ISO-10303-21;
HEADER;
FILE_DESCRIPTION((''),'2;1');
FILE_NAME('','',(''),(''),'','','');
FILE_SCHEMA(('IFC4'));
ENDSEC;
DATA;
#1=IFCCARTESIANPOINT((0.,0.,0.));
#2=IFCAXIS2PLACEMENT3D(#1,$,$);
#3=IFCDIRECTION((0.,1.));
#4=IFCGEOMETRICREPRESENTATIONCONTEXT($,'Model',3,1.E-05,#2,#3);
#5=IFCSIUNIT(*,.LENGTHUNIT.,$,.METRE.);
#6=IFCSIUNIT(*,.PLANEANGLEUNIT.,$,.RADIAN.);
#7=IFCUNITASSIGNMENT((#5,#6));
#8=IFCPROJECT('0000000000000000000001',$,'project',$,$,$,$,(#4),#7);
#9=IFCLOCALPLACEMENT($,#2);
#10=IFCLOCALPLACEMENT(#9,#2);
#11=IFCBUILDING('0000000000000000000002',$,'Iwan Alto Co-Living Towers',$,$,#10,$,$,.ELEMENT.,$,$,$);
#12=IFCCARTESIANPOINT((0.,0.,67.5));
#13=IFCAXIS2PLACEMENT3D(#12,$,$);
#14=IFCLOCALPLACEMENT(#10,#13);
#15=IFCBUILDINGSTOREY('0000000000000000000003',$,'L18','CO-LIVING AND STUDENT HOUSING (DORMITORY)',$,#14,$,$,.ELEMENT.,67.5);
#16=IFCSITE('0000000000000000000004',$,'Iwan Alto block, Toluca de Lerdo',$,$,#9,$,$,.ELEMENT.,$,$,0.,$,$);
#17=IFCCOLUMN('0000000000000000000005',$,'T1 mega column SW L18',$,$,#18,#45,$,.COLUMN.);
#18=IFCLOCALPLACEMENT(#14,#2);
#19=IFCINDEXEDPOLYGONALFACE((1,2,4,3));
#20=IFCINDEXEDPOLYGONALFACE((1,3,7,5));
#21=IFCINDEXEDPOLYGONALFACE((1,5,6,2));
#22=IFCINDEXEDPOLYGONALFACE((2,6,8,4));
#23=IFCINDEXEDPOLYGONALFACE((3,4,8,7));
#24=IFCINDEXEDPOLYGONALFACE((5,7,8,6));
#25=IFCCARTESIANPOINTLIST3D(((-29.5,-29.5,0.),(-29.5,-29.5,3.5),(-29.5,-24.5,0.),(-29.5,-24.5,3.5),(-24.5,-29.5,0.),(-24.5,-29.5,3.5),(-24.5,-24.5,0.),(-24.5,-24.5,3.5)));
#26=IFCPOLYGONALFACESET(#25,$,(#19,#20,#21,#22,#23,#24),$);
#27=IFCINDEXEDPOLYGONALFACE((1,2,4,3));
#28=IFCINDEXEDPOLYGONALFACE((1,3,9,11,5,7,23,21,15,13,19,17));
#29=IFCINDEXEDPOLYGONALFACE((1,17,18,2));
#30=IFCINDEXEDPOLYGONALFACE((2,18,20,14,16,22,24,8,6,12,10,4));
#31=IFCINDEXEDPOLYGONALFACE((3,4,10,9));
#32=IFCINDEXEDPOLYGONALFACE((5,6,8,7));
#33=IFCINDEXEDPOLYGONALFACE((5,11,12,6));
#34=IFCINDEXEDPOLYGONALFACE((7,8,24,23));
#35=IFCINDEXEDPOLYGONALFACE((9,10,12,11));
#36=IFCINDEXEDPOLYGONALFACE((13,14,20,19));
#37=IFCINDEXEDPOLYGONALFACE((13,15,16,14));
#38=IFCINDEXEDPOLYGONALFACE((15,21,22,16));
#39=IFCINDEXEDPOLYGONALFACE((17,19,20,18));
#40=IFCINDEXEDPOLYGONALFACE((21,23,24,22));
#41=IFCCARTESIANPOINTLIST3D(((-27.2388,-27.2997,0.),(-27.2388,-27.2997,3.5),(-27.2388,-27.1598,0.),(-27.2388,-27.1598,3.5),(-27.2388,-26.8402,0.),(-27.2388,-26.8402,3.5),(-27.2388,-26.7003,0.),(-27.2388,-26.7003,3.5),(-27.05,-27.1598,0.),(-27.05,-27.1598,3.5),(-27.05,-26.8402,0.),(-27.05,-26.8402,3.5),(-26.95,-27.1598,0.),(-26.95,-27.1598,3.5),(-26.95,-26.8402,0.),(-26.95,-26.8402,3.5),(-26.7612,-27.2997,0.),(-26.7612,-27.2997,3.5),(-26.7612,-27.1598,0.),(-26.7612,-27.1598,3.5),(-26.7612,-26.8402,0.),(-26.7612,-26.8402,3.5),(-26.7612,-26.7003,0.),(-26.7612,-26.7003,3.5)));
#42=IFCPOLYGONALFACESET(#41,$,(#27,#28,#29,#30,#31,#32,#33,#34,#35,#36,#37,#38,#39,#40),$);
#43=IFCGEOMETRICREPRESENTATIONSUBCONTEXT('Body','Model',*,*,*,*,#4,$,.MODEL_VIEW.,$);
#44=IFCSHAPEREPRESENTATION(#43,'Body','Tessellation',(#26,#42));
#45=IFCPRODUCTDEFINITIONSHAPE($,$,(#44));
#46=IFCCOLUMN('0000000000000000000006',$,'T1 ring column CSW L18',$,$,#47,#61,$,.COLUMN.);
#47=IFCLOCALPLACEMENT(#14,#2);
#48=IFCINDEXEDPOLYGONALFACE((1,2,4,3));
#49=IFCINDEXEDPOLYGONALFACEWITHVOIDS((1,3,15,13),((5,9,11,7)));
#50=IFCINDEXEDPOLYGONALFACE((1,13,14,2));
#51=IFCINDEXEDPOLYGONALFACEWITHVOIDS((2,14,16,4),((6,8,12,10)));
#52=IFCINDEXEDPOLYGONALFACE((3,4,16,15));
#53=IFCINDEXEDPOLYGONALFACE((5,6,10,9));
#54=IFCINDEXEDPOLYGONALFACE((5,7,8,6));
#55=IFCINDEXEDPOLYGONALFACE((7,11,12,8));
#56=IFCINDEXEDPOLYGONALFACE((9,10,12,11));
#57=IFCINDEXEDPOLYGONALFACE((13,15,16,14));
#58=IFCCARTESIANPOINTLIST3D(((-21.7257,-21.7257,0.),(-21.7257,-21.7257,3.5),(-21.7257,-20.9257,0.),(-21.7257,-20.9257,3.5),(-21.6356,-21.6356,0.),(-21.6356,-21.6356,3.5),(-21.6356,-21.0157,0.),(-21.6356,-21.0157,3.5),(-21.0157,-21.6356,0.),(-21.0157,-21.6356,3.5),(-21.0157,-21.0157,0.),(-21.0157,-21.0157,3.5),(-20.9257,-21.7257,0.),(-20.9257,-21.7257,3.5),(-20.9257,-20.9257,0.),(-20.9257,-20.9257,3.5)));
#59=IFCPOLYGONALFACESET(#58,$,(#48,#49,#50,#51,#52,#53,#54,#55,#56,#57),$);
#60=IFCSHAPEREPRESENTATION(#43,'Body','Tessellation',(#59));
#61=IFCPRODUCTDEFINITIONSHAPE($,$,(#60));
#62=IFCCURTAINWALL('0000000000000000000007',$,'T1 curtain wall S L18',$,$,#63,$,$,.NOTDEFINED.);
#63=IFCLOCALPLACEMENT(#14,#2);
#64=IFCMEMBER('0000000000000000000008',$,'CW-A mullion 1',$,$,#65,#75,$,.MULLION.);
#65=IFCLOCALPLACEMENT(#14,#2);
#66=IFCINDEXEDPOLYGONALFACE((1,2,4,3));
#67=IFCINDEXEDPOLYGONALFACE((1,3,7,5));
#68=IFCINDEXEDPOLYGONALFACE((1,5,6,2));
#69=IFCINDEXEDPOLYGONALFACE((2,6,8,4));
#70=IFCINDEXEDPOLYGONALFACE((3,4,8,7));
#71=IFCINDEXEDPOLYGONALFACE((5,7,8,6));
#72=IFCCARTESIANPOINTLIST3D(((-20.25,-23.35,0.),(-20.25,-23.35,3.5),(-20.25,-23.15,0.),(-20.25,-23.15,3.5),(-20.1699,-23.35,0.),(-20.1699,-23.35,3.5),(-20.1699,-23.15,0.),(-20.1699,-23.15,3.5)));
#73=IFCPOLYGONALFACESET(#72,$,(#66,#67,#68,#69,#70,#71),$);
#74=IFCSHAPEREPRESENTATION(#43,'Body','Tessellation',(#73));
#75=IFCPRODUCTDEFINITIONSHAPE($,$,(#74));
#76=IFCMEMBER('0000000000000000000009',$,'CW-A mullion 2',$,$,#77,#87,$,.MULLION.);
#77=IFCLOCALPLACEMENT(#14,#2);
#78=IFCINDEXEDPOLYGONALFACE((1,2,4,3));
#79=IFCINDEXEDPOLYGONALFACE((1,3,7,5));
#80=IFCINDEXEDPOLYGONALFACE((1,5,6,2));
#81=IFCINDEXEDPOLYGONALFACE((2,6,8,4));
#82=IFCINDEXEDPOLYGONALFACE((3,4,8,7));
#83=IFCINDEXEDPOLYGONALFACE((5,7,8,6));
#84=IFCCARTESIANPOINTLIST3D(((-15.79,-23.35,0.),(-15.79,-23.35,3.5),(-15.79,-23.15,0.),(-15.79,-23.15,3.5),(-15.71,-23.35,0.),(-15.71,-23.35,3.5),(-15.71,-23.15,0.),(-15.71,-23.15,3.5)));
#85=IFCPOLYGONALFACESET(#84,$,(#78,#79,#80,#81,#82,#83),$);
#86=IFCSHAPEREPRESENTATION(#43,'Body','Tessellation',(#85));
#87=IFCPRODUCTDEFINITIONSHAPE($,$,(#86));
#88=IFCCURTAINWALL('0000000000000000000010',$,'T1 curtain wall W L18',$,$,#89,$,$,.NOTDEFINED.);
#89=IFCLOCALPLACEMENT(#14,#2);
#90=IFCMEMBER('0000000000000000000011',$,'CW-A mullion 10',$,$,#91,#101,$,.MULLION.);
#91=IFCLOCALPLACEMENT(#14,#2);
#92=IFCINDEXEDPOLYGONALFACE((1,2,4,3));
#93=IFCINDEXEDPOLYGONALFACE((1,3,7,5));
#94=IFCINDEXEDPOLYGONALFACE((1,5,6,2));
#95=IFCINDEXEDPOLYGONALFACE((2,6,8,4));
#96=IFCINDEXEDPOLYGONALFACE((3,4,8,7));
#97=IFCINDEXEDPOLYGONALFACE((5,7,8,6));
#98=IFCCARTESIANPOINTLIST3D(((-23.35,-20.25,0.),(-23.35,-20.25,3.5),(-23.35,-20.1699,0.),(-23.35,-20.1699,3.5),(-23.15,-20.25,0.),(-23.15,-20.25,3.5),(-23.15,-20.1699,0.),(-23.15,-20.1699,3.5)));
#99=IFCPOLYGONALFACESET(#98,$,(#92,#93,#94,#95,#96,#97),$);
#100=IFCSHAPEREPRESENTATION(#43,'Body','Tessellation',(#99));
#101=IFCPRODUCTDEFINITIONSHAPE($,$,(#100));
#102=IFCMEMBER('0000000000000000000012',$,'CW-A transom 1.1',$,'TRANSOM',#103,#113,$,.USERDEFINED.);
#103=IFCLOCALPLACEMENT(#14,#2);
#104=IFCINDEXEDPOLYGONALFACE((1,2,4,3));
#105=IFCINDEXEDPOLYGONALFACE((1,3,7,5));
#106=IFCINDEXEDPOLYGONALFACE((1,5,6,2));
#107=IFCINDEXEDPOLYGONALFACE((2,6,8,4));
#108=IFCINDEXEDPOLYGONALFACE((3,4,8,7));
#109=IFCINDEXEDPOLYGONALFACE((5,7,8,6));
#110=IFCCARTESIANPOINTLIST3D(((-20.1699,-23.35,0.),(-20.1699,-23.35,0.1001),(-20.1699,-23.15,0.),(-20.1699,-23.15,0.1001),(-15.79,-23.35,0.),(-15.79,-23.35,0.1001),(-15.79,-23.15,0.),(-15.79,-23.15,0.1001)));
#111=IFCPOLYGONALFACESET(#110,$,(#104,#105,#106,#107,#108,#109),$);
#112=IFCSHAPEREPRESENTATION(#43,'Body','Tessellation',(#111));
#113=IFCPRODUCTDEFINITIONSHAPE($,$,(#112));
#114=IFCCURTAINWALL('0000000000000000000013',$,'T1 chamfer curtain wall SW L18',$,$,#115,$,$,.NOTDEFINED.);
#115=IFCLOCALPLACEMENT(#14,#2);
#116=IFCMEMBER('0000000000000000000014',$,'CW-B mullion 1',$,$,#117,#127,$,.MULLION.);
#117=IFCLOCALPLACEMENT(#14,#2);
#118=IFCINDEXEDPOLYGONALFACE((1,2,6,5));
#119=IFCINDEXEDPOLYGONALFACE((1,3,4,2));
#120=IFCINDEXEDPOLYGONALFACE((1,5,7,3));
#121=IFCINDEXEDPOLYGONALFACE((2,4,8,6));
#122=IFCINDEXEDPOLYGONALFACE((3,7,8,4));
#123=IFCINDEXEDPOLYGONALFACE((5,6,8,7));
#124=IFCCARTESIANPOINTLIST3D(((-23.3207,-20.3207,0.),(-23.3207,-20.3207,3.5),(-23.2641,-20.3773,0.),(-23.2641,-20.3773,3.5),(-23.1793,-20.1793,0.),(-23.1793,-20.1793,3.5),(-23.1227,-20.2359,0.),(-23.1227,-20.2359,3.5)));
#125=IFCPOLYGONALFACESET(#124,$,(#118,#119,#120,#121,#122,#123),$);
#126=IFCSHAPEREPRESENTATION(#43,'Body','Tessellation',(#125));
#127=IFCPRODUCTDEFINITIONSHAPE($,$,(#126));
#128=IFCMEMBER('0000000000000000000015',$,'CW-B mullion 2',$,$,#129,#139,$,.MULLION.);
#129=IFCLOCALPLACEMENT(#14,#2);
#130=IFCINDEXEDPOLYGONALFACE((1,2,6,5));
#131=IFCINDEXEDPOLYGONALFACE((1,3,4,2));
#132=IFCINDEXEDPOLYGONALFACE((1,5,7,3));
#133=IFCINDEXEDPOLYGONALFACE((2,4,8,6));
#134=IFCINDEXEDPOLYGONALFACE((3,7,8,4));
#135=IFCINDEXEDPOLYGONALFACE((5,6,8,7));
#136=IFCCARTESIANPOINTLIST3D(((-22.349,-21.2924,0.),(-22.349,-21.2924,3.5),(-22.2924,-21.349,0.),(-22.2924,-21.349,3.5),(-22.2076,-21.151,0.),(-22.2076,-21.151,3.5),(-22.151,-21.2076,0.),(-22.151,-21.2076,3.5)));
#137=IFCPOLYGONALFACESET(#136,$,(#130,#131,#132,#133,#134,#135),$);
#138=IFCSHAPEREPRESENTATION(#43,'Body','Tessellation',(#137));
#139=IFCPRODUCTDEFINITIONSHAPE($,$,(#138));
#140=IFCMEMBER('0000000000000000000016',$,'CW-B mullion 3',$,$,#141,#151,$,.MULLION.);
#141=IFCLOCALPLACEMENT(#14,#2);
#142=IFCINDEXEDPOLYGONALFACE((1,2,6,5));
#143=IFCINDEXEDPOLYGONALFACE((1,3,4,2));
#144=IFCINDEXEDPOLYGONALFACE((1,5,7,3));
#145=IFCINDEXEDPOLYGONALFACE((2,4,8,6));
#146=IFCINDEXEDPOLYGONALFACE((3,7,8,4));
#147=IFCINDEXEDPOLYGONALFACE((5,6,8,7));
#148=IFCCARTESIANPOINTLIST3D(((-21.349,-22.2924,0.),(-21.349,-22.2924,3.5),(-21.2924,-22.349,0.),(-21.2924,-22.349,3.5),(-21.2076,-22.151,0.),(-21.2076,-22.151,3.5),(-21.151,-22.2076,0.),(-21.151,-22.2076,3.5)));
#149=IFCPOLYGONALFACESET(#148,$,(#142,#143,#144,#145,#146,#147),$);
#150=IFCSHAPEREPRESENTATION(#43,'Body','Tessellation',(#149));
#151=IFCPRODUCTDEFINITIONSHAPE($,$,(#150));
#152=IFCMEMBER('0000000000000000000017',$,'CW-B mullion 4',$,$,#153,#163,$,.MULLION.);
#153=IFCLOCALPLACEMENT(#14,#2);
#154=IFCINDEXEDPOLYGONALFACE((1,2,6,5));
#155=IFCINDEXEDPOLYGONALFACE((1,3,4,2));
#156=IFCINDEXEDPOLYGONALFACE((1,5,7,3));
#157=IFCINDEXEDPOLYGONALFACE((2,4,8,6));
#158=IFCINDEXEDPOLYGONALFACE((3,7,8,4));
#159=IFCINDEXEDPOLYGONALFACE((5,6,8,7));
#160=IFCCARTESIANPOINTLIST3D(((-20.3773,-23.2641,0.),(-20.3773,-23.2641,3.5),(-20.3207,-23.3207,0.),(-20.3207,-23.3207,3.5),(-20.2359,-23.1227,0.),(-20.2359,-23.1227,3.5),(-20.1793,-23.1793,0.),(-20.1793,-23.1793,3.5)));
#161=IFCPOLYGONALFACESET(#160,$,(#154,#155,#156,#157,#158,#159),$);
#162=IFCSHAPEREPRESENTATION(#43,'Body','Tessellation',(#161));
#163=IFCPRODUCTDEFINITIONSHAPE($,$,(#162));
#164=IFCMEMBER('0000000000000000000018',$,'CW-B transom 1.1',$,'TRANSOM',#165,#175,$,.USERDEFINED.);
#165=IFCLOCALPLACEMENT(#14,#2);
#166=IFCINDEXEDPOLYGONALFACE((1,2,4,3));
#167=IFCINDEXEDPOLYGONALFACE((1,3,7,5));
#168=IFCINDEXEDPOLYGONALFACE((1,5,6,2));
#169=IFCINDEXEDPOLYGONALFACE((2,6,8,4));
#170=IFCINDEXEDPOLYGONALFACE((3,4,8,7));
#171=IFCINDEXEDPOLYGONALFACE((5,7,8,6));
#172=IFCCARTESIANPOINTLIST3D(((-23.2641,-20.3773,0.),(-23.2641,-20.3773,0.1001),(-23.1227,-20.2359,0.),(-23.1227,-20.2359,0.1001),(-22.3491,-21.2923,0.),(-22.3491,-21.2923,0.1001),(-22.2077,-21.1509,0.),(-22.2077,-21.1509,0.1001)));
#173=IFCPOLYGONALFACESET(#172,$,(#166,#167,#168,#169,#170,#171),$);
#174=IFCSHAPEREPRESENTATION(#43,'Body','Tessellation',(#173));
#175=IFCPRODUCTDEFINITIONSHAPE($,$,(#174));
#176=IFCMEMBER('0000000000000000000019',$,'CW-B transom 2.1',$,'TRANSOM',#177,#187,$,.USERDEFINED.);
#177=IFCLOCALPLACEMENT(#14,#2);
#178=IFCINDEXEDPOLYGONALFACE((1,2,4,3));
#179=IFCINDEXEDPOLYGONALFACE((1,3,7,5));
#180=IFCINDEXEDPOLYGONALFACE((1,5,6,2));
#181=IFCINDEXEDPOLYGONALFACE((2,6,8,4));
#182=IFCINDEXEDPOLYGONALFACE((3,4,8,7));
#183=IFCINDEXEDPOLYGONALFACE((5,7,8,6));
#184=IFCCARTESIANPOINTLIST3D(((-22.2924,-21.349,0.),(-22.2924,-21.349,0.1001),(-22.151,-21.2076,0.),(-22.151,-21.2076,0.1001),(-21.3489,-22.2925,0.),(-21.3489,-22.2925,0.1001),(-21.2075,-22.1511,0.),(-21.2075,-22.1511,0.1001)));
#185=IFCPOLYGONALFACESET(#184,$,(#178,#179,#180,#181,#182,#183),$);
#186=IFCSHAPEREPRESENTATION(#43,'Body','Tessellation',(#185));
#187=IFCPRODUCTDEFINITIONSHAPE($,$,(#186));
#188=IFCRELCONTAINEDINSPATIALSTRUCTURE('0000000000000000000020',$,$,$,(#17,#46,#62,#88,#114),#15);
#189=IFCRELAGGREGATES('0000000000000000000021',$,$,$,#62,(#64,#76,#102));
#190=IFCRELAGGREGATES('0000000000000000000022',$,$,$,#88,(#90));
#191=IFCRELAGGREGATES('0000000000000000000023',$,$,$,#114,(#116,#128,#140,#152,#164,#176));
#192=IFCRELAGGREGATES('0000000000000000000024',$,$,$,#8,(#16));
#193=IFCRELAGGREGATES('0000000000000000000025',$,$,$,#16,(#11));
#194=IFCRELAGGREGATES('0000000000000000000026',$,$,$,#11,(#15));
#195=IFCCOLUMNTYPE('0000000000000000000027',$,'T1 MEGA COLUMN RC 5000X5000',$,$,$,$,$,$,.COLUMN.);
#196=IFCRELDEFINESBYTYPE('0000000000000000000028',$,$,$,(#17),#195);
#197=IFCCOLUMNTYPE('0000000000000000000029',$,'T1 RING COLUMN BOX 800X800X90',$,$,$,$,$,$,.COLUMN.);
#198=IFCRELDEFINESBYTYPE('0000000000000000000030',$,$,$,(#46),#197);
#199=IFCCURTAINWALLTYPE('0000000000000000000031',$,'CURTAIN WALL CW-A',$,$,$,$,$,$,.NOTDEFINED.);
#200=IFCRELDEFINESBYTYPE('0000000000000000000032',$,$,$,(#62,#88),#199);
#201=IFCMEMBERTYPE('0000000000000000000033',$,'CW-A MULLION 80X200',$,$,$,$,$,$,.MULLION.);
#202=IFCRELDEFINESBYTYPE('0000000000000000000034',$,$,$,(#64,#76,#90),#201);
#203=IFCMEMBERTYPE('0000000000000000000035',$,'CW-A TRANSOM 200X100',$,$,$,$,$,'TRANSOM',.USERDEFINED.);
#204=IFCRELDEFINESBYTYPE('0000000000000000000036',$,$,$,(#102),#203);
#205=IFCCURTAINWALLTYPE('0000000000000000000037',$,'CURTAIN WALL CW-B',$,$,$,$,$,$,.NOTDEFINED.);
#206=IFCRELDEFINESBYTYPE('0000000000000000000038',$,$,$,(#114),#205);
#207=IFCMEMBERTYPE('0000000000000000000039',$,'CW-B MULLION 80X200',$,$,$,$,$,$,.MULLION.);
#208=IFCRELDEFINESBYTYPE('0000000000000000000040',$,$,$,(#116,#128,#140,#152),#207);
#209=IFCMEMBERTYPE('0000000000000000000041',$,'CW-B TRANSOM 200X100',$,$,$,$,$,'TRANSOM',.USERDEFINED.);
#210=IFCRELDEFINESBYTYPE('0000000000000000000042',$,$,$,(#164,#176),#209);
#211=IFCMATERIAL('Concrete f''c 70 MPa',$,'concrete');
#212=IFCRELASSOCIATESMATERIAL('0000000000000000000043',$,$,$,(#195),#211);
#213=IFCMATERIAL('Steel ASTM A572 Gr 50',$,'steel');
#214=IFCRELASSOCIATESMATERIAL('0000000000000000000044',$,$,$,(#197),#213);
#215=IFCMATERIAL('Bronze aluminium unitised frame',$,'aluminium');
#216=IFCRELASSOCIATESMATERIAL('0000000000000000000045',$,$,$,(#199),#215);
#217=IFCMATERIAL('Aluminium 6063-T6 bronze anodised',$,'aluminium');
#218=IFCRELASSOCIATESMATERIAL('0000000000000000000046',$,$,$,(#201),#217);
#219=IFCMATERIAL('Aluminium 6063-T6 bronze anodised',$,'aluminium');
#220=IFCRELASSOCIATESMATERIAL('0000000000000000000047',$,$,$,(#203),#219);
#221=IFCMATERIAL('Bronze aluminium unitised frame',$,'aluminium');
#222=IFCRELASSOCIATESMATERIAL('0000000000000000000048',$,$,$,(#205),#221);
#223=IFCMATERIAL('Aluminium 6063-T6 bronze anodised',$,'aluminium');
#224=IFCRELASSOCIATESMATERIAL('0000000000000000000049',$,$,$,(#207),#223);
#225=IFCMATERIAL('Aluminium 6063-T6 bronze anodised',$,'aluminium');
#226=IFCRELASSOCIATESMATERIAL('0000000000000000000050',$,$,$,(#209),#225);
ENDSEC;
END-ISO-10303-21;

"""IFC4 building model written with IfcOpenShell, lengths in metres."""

from ifc_helpers import new_model, si_unit, direction, frame, origin, origin_2d, place, context, subcontext, project, spatial, rectangle, hollow_rectangle, i_section, extrude, material, material_profile, profile_set, type_object, element, aggregate, save


model = new_model("IFC4")

# Units and contexts
model_context = context("Model", 3, precision=1e-05, world=origin(), true_north=direction((0.0, 1.0)))
body_context = subcontext(model_context, "Body", "Model", "MODEL_VIEW")
ifc_project = project(units=[si_unit("LENGTHUNIT", "METRE"), si_unit("PLANEANGLEUNIT", "RADIAN")], contexts=[model_context])

# Site, building, storey
site_placement = place(None, origin())
site = spatial("IfcSite", under=ifc_project, at=site_placement, Name="Iwan Alto block, Toluca de Lerdo", CompositionType="ELEMENT", RefElevation=0.0)
building_placement = place(site_placement, origin())
building = spatial("IfcBuilding", under=site, at=building_placement, Name="Iwan Alto Co-Living Towers", CompositionType="ELEMENT")
storey_placement = place(building_placement, frame((0.0, 0.0, 67.5)))
storey = spatial("IfcBuildingStorey", under=building, at=storey_placement, Name="L18", Description="CO-LIVING AND STUDENT HOUSING (DORMITORY)", CompositionType="ELEMENT", Elevation=67.5)

# Columns
ifc_material_1 = material(Name="Concrete f'c 70 MPa", Category="concrete")
ifc_material_profile_1 = material_profile(ifc_material_1, rectangle(XDim=5.0, YDim=5.0, at=origin_2d()), Name="RC 5000X5000")
ifc_profile_set_1 = profile_set([ifc_material_profile_1], Name="Concrete f'c 70 MPa")
column_type_1 = type_object("IfcColumnType", Name="T1 MEGA COLUMN RC 5000X5000", PredefinedType="COLUMN", material=ifc_profile_set_1)
column_1_placement = place(storey_placement, frame((-27.0, -27.0, 0.0), z_axis=(0.0, 0.0, 1.0), x_axis=(1.0, 0.0, 0.0)))
element("IfcColumn", 1, at=column_1_placement, inside=storey, type_object=column_type_1, Name="T1 mega column SW L18", PredefinedType="COLUMN", context=body_context, shape_type="SweptSolid", body=[
    extrude(rectangle(XDim=5.0, YDim=5.0, at=origin_2d()), origin(), (0.0, 0.0, 1.0), 3.5),
    extrude(i_section(OverallWidth=0.4775, OverallDepth=0.5994, WebThickness=0.1001, FlangeThickness=0.1399, at=origin_2d()), origin(), (0.0, 0.0, 1.0), 3.5),
])
ifc_material_2 = material(Name="Steel ASTM A572 Gr 50", Category="steel")
ifc_material_profile_2 = material_profile(ifc_material_2, hollow_rectangle(XDim=0.8, YDim=0.8, WallThickness=0.0901, at=origin_2d()), Name="BOX 800X800X90")
ifc_profile_set_2 = profile_set([ifc_material_profile_2], Name="Steel ASTM A572 Gr 50")
column_type_2 = type_object("IfcColumnType", Name="T1 RING COLUMN BOX 800X800X90", PredefinedType="COLUMN", material=ifc_profile_set_2)
column_2_placement = place(storey_placement, frame((-21.3257, -21.3257, 0.0), z_axis=(0.0, 0.0, 1.0), x_axis=(1.0, 0.0, 0.0)))
element("IfcColumn", 2, at=column_2_placement, inside=storey, type_object=column_type_2, Name="T1 ring column CSW L18", PredefinedType="COLUMN", context=body_context, shape_type="SweptSolid", body=[
    extrude(hollow_rectangle(XDim=0.8, YDim=0.8, WallThickness=0.0901, at=origin_2d()), origin(), (0.0, 0.0, 1.0), 3.5),
])

# Curtain wall, members
ifc_material_3 = material(Name="Bronze aluminium unitised frame", Category="aluminium")
curtain_wall_type_1 = type_object("IfcCurtainWallType", Name="CURTAIN WALL CW-A", PredefinedType="NOTDEFINED", material=ifc_material_3)
curtain_wall_1_placement = place(storey_placement, origin())
curtain_wall_1 = element("IfcCurtainWall", 3, at=curtain_wall_1_placement, inside=storey, type_object=curtain_wall_type_1, Name="T1 curtain wall S L18", PredefinedType="NOTDEFINED")
ifc_material_4 = material(Name="Aluminium 6063-T6 bronze anodised", Category="aluminium")
ifc_material_profile_3 = material_profile(ifc_material_4, rectangle(XDim=0.2, YDim=0.0801, at=origin_2d()), Name="AL 80X200")
ifc_profile_set_3 = profile_set([ifc_material_profile_3], Name="Aluminium 6063-T6 bronze anodised")
member_type_1 = type_object("IfcMemberType", Name="CW-A MULLION 80X200", PredefinedType="MULLION", material=ifc_profile_set_3)
member_1_placement = place(storey_placement, frame((-20.21, -23.25, 0.0), z_axis=(0.0, 0.0, 1.0), x_axis=(0.0, 1.0, 0.0)))
member_1 = element("IfcMember", 4, at=member_1_placement, type_object=member_type_1, Name="CW-A mullion 1", PredefinedType="MULLION", context=body_context, shape_type="SweptSolid", body=[
    extrude(rectangle(XDim=0.2, YDim=0.0801, at=origin_2d()), origin(), (0.0, 0.0, 1.0), 3.5),
])
member_2_placement = place(storey_placement, frame((-15.75, -23.25, 0.0), z_axis=(0.0, 0.0, 1.0), x_axis=(0.0, 1.0, 0.0)))
member_2 = element("IfcMember", 5, at=member_2_placement, type_object=member_type_1, Name="CW-A mullion 2", PredefinedType="MULLION", context=body_context, shape_type="SweptSolid", body=[
    extrude(rectangle(XDim=0.2, YDim=0.0801, at=origin_2d()), origin(), (0.0, 0.0, 1.0), 3.5),
])

# Curtain wall, member
curtain_wall_2_placement = place(storey_placement, origin())
curtain_wall_2 = element("IfcCurtainWall", 6, at=curtain_wall_2_placement, inside=storey, type_object=curtain_wall_type_1, Name="T1 curtain wall W L18", PredefinedType="NOTDEFINED")
member_3_placement = place(storey_placement, frame((-23.25, -20.21, 0.0), z_axis=(0.0, 0.0, 1.0), x_axis=(1.0, 0.0, 0.0)))
member_3 = element("IfcMember", 7, at=member_3_placement, type_object=member_type_1, Name="CW-A mullion 10", PredefinedType="MULLION", context=body_context, shape_type="SweptSolid", body=[
    extrude(rectangle(XDim=0.2, YDim=0.0801, at=origin_2d()), origin(), (0.0, 0.0, 1.0), 3.5),
])

# Member
ifc_material_5 = material(Name="Aluminium 6063-T6 bronze anodised", Category="aluminium")
ifc_material_profile_4 = material_profile(ifc_material_5, rectangle(XDim=0.2, YDim=0.1001, at=origin_2d()), Name="AL 200X100")
ifc_profile_set_4 = profile_set([ifc_material_profile_4], Name="Aluminium 6063-T6 bronze anodised")
member_type_2 = type_object("IfcMemberType", Name="CW-A TRANSOM 200X100", ElementType="TRANSOM", PredefinedType="USERDEFINED", material=ifc_profile_set_4)
member_4_placement = place(storey_placement, frame((-20.1699, -23.25, 0.05), z_axis=(1.0, 0.0, 0.0), x_axis=(0.0, 1.0, 0.0)))
member_4 = element("IfcMember", 8, at=member_4_placement, type_object=member_type_2, Name="CW-A transom 1.1", ObjectType="TRANSOM", PredefinedType="USERDEFINED", context=body_context, shape_type="SweptSolid", body=[
    extrude(rectangle(XDim=0.2, YDim=0.1001, at=origin_2d()), origin(), (0.0, 0.0, 1.0), 4.3799),
])

# Curtain wall, members
ifc_material_6 = material(Name="Bronze aluminium unitised frame", Category="aluminium")
curtain_wall_type_2 = type_object("IfcCurtainWallType", Name="CURTAIN WALL CW-B", PredefinedType="NOTDEFINED", material=ifc_material_6)
curtain_wall_3_placement = place(storey_placement, origin())
curtain_wall_3 = element("IfcCurtainWall", 9, at=curtain_wall_3_placement, inside=storey, type_object=curtain_wall_type_2, Name="T1 chamfer curtain wall SW L18", PredefinedType="NOTDEFINED")
ifc_material_7 = material(Name="Aluminium 6063-T6 bronze anodised", Category="aluminium")
ifc_material_profile_5 = material_profile(ifc_material_7, rectangle(XDim=0.2, YDim=0.0801, at=origin_2d()), Name="AL 80X200")
ifc_profile_set_5 = profile_set([ifc_material_profile_5], Name="Aluminium 6063-T6 bronze anodised")
member_type_3 = type_object("IfcMemberType", Name="CW-B MULLION 80X200", PredefinedType="MULLION", material=ifc_profile_set_5)
member_5_placement = place(storey_placement, frame((-23.2217, -20.2783, 0.0), z_axis=(0.0, 0.0, 1.0), x_axis=(0.707107, 0.707107, 0.0)))
member_5 = element("IfcMember", 10, at=member_5_placement, type_object=member_type_3, Name="CW-B mullion 1", PredefinedType="MULLION", context=body_context, shape_type="SweptSolid", body=[
    extrude(rectangle(XDim=0.2, YDim=0.0801, at=origin_2d()), origin(), (0.0, 0.0, 1.0), 3.5),
])
member_6_placement = place(storey_placement, frame((-22.25, -21.25, 0.0), z_axis=(0.0, 0.0, 1.0), x_axis=(0.707107, 0.707107, 0.0)))
member_6 = element("IfcMember", 11, at=member_6_placement, type_object=member_type_3, Name="CW-B mullion 2", PredefinedType="MULLION", context=body_context, shape_type="SweptSolid", body=[
    extrude(rectangle(XDim=0.2, YDim=0.0801, at=origin_2d()), origin(), (0.0, 0.0, 1.0), 3.5),
])
member_7_placement = place(storey_placement, frame((-21.25, -22.25, 0.0), z_axis=(0.0, 0.0, 1.0), x_axis=(0.707107, 0.707107, 0.0)))
member_7 = element("IfcMember", 12, at=member_7_placement, type_object=member_type_3, Name="CW-B mullion 3", PredefinedType="MULLION", context=body_context, shape_type="SweptSolid", body=[
    extrude(rectangle(XDim=0.2, YDim=0.0801, at=origin_2d()), origin(), (0.0, 0.0, 1.0), 3.5),
])
member_8_placement = place(storey_placement, frame((-20.2783, -23.2217, 0.0), z_axis=(0.0, 0.0, 1.0), x_axis=(0.707107, 0.707107, 0.0)))
member_8 = element("IfcMember", 13, at=member_8_placement, type_object=member_type_3, Name="CW-B mullion 4", PredefinedType="MULLION", context=body_context, shape_type="SweptSolid", body=[
    extrude(rectangle(XDim=0.2, YDim=0.0801, at=origin_2d()), origin(), (0.0, 0.0, 1.0), 3.5),
])
ifc_material_8 = material(Name="Aluminium 6063-T6 bronze anodised", Category="aluminium")
ifc_material_profile_6 = material_profile(ifc_material_8, rectangle(XDim=0.2, YDim=0.1001, at=origin_2d()), Name="AL 200X100")
ifc_profile_set_6 = profile_set([ifc_material_profile_6], Name="Aluminium 6063-T6 bronze anodised")
member_type_4 = type_object("IfcMemberType", Name="CW-B TRANSOM 200X100", ElementType="TRANSOM", PredefinedType="USERDEFINED", material=ifc_profile_set_6)
member_9_placement = place(storey_placement, frame((-23.1934, -20.3066, 0.05), z_axis=(0.707107, -0.707107, 0.0), x_axis=(0.707107, 0.707107, 0.0)))
member_9 = element("IfcMember", 14, at=member_9_placement, type_object=member_type_4, Name="CW-B transom 1.1", ObjectType="TRANSOM", PredefinedType="USERDEFINED", context=body_context, shape_type="SweptSolid", body=[
    extrude(rectangle(XDim=0.2, YDim=0.1001, at=origin_2d()), origin(), (0.0, 0.0, 1.0), 1.2939),
])
member_10_placement = place(storey_placement, frame((-22.2217, -21.2783, 0.05), z_axis=(0.707107, -0.707107, 0.0), x_axis=(0.707107, 0.707107, 0.0)))
member_10 = element("IfcMember", 15, at=member_10_placement, type_object=member_type_4, Name="CW-B transom 2.1", ObjectType="TRANSOM", PredefinedType="USERDEFINED", context=body_context, shape_type="SweptSolid", body=[
    extrude(rectangle(XDim=0.2, YDim=0.1001, at=origin_2d()), origin(), (0.0, 0.0, 1.0), 1.3342),
])

aggregate(curtain_wall_1, [member_1, member_2, member_4])
aggregate(curtain_wall_2, [member_3])
aggregate(curtain_wall_3, [member_5, member_6, member_7, member_8, member_9, member_10])

save(model, "model.ifc")
